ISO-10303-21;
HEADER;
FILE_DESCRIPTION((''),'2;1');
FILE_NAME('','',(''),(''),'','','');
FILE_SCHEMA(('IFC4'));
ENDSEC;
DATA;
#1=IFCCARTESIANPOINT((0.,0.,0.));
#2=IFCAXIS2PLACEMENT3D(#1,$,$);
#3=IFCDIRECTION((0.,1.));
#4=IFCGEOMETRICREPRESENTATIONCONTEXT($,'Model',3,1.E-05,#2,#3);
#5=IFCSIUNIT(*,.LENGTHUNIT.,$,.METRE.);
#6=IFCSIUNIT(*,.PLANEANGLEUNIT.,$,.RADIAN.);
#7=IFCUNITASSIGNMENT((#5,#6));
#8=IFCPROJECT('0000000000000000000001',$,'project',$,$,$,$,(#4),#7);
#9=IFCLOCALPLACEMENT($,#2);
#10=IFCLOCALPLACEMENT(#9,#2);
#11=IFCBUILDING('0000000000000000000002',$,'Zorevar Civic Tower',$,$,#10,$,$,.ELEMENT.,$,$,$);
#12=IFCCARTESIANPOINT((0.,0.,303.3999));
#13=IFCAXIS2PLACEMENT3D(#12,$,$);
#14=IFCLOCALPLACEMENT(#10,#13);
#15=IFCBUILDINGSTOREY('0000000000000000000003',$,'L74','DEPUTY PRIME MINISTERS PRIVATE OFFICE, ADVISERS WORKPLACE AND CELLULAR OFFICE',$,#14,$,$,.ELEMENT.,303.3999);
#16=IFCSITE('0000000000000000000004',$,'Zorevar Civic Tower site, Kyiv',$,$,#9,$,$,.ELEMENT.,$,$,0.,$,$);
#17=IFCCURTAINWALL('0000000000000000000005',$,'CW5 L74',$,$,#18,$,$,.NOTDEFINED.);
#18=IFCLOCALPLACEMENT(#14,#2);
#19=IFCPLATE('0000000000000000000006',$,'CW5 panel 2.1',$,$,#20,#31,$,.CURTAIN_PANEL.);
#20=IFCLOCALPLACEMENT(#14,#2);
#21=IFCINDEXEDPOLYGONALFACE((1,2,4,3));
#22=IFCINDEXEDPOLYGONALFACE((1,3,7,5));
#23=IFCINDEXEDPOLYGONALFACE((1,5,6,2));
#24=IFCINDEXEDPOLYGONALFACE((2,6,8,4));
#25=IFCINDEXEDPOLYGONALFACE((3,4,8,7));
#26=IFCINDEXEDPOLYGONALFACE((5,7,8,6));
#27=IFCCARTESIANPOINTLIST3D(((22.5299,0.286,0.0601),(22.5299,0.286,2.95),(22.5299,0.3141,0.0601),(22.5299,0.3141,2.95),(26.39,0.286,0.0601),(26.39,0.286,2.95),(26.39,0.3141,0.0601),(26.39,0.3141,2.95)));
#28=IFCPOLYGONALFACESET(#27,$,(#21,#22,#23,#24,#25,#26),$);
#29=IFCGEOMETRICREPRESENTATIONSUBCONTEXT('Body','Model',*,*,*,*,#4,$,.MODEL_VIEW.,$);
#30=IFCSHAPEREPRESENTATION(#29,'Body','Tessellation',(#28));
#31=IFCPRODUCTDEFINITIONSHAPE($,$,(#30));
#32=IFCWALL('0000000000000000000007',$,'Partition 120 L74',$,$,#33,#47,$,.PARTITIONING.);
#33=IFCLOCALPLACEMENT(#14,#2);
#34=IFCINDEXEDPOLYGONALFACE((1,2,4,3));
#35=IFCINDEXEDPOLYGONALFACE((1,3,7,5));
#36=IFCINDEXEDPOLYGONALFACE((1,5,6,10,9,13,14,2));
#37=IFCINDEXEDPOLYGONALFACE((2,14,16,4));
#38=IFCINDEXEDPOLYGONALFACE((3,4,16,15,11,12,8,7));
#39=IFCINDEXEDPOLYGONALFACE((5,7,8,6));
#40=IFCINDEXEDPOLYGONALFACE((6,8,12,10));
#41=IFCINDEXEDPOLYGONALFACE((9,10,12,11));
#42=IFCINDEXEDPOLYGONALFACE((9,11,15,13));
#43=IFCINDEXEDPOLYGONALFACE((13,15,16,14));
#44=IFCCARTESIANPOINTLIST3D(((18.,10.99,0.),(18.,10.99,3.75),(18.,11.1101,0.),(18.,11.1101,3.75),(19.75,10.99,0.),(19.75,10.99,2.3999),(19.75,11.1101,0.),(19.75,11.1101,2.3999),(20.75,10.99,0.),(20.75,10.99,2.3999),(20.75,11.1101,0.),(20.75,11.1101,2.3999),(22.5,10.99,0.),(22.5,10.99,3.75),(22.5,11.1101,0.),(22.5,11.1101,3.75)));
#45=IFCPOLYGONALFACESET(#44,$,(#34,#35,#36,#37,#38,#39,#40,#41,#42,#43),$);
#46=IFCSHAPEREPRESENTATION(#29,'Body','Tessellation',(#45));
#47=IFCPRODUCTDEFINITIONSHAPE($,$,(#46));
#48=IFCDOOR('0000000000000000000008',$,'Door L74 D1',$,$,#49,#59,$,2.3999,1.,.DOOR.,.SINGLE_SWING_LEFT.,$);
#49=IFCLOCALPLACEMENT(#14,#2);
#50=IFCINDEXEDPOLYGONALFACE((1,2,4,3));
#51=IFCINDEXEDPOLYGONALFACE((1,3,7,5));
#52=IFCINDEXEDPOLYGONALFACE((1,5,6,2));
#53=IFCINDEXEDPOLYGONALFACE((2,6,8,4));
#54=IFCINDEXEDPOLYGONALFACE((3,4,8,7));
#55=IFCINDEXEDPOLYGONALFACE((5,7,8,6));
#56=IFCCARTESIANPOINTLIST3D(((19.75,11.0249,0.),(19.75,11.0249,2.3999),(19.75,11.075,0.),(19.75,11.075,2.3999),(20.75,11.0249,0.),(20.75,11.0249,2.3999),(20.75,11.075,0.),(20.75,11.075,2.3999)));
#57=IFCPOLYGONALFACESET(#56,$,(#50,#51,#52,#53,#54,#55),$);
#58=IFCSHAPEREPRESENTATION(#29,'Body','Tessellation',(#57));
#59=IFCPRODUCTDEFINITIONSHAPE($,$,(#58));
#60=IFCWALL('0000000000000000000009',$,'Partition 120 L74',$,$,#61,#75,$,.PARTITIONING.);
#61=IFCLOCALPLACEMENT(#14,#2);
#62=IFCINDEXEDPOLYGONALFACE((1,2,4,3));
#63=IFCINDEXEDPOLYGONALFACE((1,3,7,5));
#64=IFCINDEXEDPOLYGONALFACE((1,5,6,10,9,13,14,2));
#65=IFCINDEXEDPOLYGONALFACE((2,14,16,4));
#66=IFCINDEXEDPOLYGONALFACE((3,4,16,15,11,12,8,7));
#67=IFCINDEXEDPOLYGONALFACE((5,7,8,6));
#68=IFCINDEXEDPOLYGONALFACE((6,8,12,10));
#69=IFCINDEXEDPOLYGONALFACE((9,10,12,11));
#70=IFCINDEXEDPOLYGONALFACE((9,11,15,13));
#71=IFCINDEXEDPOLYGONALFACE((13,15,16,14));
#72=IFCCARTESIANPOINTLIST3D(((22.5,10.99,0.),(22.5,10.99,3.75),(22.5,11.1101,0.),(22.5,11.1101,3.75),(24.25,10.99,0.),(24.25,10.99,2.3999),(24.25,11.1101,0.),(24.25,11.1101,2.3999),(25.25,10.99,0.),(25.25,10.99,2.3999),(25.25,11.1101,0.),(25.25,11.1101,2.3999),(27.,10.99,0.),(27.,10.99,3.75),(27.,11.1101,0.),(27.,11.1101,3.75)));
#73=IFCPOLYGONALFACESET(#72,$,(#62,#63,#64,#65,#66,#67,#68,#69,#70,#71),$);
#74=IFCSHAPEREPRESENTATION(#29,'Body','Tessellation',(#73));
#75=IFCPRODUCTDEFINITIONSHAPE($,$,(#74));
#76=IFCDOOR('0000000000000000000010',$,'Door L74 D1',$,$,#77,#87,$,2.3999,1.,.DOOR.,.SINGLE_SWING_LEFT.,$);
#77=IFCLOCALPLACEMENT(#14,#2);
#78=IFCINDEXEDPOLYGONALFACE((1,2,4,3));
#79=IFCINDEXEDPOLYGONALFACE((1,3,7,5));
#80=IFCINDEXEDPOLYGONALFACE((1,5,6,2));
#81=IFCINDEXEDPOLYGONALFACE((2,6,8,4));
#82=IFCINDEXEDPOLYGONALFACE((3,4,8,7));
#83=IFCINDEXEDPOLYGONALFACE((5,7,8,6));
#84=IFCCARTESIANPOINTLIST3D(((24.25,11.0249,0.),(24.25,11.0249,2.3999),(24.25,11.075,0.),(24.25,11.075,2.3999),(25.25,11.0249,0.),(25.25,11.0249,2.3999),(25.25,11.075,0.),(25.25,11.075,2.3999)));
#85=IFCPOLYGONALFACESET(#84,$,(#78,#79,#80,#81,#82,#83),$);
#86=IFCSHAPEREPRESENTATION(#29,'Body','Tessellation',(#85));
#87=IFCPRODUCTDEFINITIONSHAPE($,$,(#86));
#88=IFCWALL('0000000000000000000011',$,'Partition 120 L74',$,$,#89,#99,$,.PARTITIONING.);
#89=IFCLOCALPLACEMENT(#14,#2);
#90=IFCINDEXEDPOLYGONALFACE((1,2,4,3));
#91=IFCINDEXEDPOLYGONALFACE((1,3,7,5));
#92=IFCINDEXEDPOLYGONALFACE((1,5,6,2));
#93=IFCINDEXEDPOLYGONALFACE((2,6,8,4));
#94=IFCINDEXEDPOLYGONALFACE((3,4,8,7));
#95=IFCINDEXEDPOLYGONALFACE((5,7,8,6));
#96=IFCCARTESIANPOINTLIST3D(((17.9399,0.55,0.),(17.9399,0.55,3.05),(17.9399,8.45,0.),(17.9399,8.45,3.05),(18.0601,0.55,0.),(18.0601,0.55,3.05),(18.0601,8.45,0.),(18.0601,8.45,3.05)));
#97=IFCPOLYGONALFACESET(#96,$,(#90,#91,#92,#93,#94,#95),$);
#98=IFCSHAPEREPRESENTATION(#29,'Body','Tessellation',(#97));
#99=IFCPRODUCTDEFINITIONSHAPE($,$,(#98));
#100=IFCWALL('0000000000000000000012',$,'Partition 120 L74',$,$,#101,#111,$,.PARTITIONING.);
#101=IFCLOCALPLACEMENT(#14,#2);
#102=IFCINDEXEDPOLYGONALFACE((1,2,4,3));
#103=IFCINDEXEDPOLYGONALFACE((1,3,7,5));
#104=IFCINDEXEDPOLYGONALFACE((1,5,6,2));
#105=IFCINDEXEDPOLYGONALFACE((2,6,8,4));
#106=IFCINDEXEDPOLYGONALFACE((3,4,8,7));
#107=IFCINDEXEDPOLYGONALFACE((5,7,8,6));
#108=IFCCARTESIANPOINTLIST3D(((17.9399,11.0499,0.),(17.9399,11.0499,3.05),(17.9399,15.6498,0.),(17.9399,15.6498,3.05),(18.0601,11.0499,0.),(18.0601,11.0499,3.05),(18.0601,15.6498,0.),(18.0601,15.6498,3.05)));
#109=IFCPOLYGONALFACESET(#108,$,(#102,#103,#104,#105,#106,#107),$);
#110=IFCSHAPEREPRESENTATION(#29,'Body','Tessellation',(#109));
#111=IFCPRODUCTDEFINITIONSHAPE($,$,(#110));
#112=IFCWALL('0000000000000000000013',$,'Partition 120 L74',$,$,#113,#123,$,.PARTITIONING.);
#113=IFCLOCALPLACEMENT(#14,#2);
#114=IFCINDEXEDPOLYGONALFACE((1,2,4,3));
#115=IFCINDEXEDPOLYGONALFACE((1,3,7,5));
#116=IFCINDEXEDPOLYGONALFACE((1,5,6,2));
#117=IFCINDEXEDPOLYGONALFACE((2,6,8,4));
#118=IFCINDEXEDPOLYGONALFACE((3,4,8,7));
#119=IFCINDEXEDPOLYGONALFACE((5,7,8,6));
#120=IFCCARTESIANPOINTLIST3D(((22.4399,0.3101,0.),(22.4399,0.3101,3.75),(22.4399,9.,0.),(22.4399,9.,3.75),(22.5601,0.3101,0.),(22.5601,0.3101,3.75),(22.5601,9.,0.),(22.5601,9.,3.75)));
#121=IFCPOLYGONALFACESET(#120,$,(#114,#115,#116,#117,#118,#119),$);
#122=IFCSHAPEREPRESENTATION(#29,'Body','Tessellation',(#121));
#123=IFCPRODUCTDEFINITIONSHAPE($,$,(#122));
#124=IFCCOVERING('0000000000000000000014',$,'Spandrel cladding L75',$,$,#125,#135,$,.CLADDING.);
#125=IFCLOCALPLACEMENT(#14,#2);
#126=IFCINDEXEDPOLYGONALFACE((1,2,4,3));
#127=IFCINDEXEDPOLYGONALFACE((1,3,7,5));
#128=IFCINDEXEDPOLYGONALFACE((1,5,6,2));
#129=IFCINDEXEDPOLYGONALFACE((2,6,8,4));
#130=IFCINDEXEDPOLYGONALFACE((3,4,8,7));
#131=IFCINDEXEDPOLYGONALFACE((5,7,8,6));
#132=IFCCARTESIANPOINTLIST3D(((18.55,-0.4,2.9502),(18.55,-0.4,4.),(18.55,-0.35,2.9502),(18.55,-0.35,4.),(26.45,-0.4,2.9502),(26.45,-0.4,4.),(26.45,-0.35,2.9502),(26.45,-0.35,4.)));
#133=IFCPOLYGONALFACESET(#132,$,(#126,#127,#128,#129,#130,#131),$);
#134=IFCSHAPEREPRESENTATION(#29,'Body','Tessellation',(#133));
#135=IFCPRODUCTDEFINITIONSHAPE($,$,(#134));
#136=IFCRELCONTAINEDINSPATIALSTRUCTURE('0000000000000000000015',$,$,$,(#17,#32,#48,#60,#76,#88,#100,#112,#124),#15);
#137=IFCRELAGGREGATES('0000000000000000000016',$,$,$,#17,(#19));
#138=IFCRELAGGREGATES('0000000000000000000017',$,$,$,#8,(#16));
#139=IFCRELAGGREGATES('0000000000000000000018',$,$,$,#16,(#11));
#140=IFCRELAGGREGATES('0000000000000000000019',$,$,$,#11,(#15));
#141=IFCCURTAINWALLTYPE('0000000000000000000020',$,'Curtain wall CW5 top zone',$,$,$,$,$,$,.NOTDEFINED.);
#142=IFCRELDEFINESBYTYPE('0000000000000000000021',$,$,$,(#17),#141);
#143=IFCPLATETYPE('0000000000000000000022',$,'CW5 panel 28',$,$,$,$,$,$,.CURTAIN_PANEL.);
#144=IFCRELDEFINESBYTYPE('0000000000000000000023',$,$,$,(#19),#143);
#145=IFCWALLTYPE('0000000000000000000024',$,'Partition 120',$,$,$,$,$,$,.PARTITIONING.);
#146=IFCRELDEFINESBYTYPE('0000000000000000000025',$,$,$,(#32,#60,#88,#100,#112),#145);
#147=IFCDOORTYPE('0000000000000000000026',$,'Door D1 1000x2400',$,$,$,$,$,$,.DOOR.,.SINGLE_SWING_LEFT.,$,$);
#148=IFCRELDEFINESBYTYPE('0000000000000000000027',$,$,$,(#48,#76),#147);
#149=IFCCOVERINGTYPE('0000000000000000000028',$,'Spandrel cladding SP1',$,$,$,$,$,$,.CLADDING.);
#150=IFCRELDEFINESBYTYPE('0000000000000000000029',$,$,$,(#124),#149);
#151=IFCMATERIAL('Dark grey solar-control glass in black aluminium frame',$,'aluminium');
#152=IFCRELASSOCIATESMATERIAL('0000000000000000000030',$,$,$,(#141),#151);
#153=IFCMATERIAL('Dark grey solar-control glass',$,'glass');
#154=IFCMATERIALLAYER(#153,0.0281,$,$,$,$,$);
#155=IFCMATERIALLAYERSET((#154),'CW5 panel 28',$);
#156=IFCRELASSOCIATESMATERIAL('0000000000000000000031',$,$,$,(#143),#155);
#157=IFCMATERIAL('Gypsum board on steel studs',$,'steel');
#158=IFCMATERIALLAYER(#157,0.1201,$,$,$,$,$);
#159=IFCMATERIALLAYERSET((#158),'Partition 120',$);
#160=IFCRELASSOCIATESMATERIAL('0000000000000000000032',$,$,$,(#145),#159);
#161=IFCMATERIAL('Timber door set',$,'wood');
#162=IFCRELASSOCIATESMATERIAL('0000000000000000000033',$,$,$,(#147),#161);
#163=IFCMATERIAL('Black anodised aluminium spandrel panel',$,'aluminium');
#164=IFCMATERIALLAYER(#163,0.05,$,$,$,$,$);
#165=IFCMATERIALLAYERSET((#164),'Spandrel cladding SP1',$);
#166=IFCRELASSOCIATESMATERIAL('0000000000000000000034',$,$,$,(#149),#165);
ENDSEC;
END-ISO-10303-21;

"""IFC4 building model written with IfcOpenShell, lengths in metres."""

from ifc_helpers import new_model, si_unit, direction, frame, frame_2d, origin, origin_2d, place, context, subcontext, project, spatial, rectangle, extrude, material, layer, layer_set, type_object, element, fill, aggregate, save


model = new_model("IFC4")

# Units and contexts
model_context = context("Model", 3, precision=1e-05, world=origin(), true_north=direction((0.0, 1.0)))
body_context = subcontext(model_context, "Body", "Model", "MODEL_VIEW")
ifc_project = project(units=[si_unit("LENGTHUNIT", "METRE"), si_unit("PLANEANGLEUNIT", "RADIAN")], contexts=[model_context])

# Site, building, storey
site_placement = place(None, origin())
site = spatial("IfcSite", under=ifc_project, at=site_placement, Name="Zorevar Civic Tower site, Kyiv", CompositionType="ELEMENT", RefElevation=0.0)
building_placement = place(site_placement, origin())
building = spatial("IfcBuilding", under=site, at=building_placement, Name="Zorevar Civic Tower", CompositionType="ELEMENT")
storey_placement = place(building_placement, frame((0.0, 0.0, 303.3999)))
storey = spatial("IfcBuildingStorey", under=building, at=storey_placement, Name="L74", Description="DEPUTY PRIME MINISTERS PRIVATE OFFICE, ADVISERS WORKPLACE AND CELLULAR OFFICE", CompositionType="ELEMENT", Elevation=303.3999)

# Curtain wall
ifc_material_1 = material(Name="Dark grey solar-control glass in black aluminium frame", Category="aluminium")
curtain_wall_type = type_object("IfcCurtainWallType", Name="Curtain wall CW5 top zone", PredefinedType="NOTDEFINED", material=ifc_material_1)
curtain_wall_placement = place(storey_placement, origin())
curtain_wall = element("IfcCurtainWall", 1, at=curtain_wall_placement, inside=storey, type_object=curtain_wall_type, Name="CW5 L74", PredefinedType="NOTDEFINED")

# Plate
ifc_material_2 = material(Name="Dark grey solar-control glass", Category="glass")
ifc_layer_1 = layer(ifc_material_2, 0.0281)
ifc_layer_set_1 = layer_set([ifc_layer_1], Name="CW5 panel 28")
plate_type = type_object("IfcPlateType", Name="CW5 panel 28", PredefinedType="CURTAIN_PANEL", material=ifc_layer_set_1)
plate_1_placement = place(storey_placement, frame((24.46, 0.3, 0.0601), z_axis=(0.0, 0.0, 1.0), x_axis=(1.0, 0.0, 0.0)))
plate_1 = element("IfcPlate", 2, at=plate_1_placement, type_object=plate_type, Name="CW5 panel 2.1", PredefinedType="CURTAIN_PANEL", context=body_context, shape_type="SweptSolid", body=[
    extrude(rectangle(XDim=3.8601, YDim=0.0281, at=origin_2d()), origin(), (0.0, 0.0, 1.0), 2.8899),
])
aggregate(curtain_wall, [plate_1])

# Walls, openings, doors
ifc_material_3 = material(Name="Gypsum board on steel studs", Category="steel")
ifc_layer_2 = layer(ifc_material_3, 0.1201)
ifc_layer_set_2 = layer_set([ifc_layer_2], Name="Partition 120")
wall_type = type_object("IfcWallType", Name="Partition 120", PredefinedType="PARTITIONING", material=ifc_layer_set_2)
ifc_material_4 = material(Name="Timber door set", Category="wood")
door_type = type_object("IfcDoorType", Name="Door D1 1000x2400", OperationType="SINGLE_SWING_LEFT", PredefinedType="DOOR", material=ifc_material_4)
wall_1_placement = place(storey_placement, frame((18.0, 11.05, 0.0), z_axis=(0.0, 0.0, 1.0), x_axis=(1.0, 0.0, 0.0)))
wall_1 = element("IfcWall", 3, at=wall_1_placement, inside=storey, type_object=wall_type, Name="Partition 120 L74", PredefinedType="PARTITIONING", context=body_context, shape_type="SweptSolid", body=[
    extrude(rectangle(XDim=4.5, YDim=0.1201, at=frame_2d((2.25, 0.0))), origin(), (0.0, 0.0, 1.0), 3.75),
])
opening_1_placement = place(wall_1_placement, frame((1.75, 0.0, 0.0)))
opening_1 = element("IfcOpeningElement", 4, at=opening_1_placement, cuts=wall_1, PredefinedType="OPENING", context=body_context, shape_type="SweptSolid", body=[
    extrude(rectangle(XDim=1.0, YDim=2.3999, at=frame_2d((0.5, 1.2))), frame((0.0, 0.0701, 0.0), z_axis=(0.0, -1.0, 0.0), x_axis=(1.0, 0.0, 0.0)), (0.0, 0.0, 1.0), 0.1401),
])
door_1_placement = place(opening_1_placement, origin())
door_1 = element("IfcDoor", 5, at=door_1_placement, inside=storey, type_object=door_type, Name="Door L74 D1", OperationType="SINGLE_SWING_LEFT", OverallHeight=2.3999, OverallWidth=1.0, PredefinedType="DOOR", context=body_context, shape_type="SweptSolid", body=[
    extrude(rectangle(XDim=1.0, YDim=2.3999, at=frame_2d((0.5, 1.2))), frame((0.0, 0.0249, 0.0), z_axis=(0.0, -1.0, 0.0), x_axis=(1.0, 0.0, 0.0)), (0.0, 0.0, 1.0), 0.05),
])
fill(opening_1, door_1)
wall_2_placement = place(storey_placement, frame((22.5, 11.05, 0.0), z_axis=(0.0, 0.0, 1.0), x_axis=(1.0, 0.0, 0.0)))
wall_2 = element("IfcWall", 6, at=wall_2_placement, inside=storey, type_object=wall_type, Name="Partition 120 L74", PredefinedType="PARTITIONING", context=body_context, shape_type="SweptSolid", body=[
    extrude(rectangle(XDim=4.5, YDim=0.1201, at=frame_2d((2.25, 0.0))), origin(), (0.0, 0.0, 1.0), 3.75),
])
opening_2_placement = place(wall_2_placement, frame((1.75, 0.0, 0.0)))
opening_2 = element("IfcOpeningElement", 7, at=opening_2_placement, cuts=wall_2, PredefinedType="OPENING", context=body_context, shape_type="SweptSolid", body=[
    extrude(rectangle(XDim=1.0, YDim=2.3999, at=frame_2d((0.5, 1.2))), frame((0.0, 0.0701, 0.0), z_axis=(0.0, -1.0, 0.0), x_axis=(1.0, 0.0, 0.0)), (0.0, 0.0, 1.0), 0.1401),
])
door_2_placement = place(opening_2_placement, origin())
door_2 = element("IfcDoor", 8, at=door_2_placement, inside=storey, type_object=door_type, Name="Door L74 D1", OperationType="SINGLE_SWING_LEFT", OverallHeight=2.3999, OverallWidth=1.0, PredefinedType="DOOR", context=body_context, shape_type="SweptSolid", body=[
    extrude(rectangle(XDim=1.0, YDim=2.3999, at=frame_2d((0.5, 1.2))), frame((0.0, 0.0249, 0.0), z_axis=(0.0, -1.0, 0.0), x_axis=(1.0, 0.0, 0.0)), (0.0, 0.0, 1.0), 0.05),
])
fill(opening_2, door_2)

# Walls
wall_3_placement = place(storey_placement, frame((18.0, 0.55, 0.0), z_axis=(0.0, 0.0, 1.0), x_axis=(0.0, 1.0, 0.0)))
element("IfcWall", 9, at=wall_3_placement, inside=storey, type_object=wall_type, Name="Partition 120 L74", PredefinedType="PARTITIONING", context=body_context, shape_type="SweptSolid", body=[
    extrude(rectangle(XDim=7.8999, YDim=0.1201, at=frame_2d((3.95, 0.0))), origin(), (0.0, 0.0, 1.0), 3.05),
])
wall_4_placement = place(storey_placement, frame((18.0, 11.05, 0.0), z_axis=(0.0, 0.0, 1.0), x_axis=(0.0, 1.0, 0.0)))
element("IfcWall", 10, at=wall_4_placement, inside=storey, type_object=wall_type, Name="Partition 120 L74", PredefinedType="PARTITIONING", context=body_context, shape_type="SweptSolid", body=[
    extrude(rectangle(XDim=4.5999, YDim=0.1201, at=frame_2d((2.2998, 0.0))), origin(), (0.0, 0.0, 1.0), 3.05),
])
wall_5_placement = place(storey_placement, frame((22.5, 0.3101, 0.0), z_axis=(0.0, 0.0, 1.0), x_axis=(0.0, 1.0, 0.0)))
element("IfcWall", 11, at=wall_5_placement, inside=storey, type_object=wall_type, Name="Partition 120 L74", PredefinedType="PARTITIONING", context=body_context, shape_type="SweptSolid", body=[
    extrude(rectangle(XDim=8.6899, YDim=0.1201, at=frame_2d((4.345, 0.0))), origin(), (0.0, 0.0, 1.0), 3.75),
])

# Covering
ifc_material_5 = material(Name="Black anodised aluminium spandrel panel", Category="aluminium")
ifc_layer_3 = layer(ifc_material_5, 0.05)
ifc_layer_set_3 = layer_set([ifc_layer_3], Name="Spandrel cladding SP1")
covering_type = type_object("IfcCoveringType", Name="Spandrel cladding SP1", PredefinedType="CLADDING", material=ifc_layer_set_3)
covering_placement = place(storey_placement, frame((18.55, -0.375, 2.9502), z_axis=(0.0, 0.0, 1.0), x_axis=(1.0, 0.0, 0.0)))
element("IfcCovering", 12, at=covering_placement, inside=storey, type_object=covering_type, Name="Spandrel cladding L75", PredefinedType="CLADDING", context=body_context, shape_type="SweptSolid", body=[
    extrude(rectangle(XDim=7.8999, YDim=0.05, at=frame_2d((3.95, 0.0))), origin(), (0.0, 0.0, 1.0), 1.0498),
])

save(model, "model.ifc")
